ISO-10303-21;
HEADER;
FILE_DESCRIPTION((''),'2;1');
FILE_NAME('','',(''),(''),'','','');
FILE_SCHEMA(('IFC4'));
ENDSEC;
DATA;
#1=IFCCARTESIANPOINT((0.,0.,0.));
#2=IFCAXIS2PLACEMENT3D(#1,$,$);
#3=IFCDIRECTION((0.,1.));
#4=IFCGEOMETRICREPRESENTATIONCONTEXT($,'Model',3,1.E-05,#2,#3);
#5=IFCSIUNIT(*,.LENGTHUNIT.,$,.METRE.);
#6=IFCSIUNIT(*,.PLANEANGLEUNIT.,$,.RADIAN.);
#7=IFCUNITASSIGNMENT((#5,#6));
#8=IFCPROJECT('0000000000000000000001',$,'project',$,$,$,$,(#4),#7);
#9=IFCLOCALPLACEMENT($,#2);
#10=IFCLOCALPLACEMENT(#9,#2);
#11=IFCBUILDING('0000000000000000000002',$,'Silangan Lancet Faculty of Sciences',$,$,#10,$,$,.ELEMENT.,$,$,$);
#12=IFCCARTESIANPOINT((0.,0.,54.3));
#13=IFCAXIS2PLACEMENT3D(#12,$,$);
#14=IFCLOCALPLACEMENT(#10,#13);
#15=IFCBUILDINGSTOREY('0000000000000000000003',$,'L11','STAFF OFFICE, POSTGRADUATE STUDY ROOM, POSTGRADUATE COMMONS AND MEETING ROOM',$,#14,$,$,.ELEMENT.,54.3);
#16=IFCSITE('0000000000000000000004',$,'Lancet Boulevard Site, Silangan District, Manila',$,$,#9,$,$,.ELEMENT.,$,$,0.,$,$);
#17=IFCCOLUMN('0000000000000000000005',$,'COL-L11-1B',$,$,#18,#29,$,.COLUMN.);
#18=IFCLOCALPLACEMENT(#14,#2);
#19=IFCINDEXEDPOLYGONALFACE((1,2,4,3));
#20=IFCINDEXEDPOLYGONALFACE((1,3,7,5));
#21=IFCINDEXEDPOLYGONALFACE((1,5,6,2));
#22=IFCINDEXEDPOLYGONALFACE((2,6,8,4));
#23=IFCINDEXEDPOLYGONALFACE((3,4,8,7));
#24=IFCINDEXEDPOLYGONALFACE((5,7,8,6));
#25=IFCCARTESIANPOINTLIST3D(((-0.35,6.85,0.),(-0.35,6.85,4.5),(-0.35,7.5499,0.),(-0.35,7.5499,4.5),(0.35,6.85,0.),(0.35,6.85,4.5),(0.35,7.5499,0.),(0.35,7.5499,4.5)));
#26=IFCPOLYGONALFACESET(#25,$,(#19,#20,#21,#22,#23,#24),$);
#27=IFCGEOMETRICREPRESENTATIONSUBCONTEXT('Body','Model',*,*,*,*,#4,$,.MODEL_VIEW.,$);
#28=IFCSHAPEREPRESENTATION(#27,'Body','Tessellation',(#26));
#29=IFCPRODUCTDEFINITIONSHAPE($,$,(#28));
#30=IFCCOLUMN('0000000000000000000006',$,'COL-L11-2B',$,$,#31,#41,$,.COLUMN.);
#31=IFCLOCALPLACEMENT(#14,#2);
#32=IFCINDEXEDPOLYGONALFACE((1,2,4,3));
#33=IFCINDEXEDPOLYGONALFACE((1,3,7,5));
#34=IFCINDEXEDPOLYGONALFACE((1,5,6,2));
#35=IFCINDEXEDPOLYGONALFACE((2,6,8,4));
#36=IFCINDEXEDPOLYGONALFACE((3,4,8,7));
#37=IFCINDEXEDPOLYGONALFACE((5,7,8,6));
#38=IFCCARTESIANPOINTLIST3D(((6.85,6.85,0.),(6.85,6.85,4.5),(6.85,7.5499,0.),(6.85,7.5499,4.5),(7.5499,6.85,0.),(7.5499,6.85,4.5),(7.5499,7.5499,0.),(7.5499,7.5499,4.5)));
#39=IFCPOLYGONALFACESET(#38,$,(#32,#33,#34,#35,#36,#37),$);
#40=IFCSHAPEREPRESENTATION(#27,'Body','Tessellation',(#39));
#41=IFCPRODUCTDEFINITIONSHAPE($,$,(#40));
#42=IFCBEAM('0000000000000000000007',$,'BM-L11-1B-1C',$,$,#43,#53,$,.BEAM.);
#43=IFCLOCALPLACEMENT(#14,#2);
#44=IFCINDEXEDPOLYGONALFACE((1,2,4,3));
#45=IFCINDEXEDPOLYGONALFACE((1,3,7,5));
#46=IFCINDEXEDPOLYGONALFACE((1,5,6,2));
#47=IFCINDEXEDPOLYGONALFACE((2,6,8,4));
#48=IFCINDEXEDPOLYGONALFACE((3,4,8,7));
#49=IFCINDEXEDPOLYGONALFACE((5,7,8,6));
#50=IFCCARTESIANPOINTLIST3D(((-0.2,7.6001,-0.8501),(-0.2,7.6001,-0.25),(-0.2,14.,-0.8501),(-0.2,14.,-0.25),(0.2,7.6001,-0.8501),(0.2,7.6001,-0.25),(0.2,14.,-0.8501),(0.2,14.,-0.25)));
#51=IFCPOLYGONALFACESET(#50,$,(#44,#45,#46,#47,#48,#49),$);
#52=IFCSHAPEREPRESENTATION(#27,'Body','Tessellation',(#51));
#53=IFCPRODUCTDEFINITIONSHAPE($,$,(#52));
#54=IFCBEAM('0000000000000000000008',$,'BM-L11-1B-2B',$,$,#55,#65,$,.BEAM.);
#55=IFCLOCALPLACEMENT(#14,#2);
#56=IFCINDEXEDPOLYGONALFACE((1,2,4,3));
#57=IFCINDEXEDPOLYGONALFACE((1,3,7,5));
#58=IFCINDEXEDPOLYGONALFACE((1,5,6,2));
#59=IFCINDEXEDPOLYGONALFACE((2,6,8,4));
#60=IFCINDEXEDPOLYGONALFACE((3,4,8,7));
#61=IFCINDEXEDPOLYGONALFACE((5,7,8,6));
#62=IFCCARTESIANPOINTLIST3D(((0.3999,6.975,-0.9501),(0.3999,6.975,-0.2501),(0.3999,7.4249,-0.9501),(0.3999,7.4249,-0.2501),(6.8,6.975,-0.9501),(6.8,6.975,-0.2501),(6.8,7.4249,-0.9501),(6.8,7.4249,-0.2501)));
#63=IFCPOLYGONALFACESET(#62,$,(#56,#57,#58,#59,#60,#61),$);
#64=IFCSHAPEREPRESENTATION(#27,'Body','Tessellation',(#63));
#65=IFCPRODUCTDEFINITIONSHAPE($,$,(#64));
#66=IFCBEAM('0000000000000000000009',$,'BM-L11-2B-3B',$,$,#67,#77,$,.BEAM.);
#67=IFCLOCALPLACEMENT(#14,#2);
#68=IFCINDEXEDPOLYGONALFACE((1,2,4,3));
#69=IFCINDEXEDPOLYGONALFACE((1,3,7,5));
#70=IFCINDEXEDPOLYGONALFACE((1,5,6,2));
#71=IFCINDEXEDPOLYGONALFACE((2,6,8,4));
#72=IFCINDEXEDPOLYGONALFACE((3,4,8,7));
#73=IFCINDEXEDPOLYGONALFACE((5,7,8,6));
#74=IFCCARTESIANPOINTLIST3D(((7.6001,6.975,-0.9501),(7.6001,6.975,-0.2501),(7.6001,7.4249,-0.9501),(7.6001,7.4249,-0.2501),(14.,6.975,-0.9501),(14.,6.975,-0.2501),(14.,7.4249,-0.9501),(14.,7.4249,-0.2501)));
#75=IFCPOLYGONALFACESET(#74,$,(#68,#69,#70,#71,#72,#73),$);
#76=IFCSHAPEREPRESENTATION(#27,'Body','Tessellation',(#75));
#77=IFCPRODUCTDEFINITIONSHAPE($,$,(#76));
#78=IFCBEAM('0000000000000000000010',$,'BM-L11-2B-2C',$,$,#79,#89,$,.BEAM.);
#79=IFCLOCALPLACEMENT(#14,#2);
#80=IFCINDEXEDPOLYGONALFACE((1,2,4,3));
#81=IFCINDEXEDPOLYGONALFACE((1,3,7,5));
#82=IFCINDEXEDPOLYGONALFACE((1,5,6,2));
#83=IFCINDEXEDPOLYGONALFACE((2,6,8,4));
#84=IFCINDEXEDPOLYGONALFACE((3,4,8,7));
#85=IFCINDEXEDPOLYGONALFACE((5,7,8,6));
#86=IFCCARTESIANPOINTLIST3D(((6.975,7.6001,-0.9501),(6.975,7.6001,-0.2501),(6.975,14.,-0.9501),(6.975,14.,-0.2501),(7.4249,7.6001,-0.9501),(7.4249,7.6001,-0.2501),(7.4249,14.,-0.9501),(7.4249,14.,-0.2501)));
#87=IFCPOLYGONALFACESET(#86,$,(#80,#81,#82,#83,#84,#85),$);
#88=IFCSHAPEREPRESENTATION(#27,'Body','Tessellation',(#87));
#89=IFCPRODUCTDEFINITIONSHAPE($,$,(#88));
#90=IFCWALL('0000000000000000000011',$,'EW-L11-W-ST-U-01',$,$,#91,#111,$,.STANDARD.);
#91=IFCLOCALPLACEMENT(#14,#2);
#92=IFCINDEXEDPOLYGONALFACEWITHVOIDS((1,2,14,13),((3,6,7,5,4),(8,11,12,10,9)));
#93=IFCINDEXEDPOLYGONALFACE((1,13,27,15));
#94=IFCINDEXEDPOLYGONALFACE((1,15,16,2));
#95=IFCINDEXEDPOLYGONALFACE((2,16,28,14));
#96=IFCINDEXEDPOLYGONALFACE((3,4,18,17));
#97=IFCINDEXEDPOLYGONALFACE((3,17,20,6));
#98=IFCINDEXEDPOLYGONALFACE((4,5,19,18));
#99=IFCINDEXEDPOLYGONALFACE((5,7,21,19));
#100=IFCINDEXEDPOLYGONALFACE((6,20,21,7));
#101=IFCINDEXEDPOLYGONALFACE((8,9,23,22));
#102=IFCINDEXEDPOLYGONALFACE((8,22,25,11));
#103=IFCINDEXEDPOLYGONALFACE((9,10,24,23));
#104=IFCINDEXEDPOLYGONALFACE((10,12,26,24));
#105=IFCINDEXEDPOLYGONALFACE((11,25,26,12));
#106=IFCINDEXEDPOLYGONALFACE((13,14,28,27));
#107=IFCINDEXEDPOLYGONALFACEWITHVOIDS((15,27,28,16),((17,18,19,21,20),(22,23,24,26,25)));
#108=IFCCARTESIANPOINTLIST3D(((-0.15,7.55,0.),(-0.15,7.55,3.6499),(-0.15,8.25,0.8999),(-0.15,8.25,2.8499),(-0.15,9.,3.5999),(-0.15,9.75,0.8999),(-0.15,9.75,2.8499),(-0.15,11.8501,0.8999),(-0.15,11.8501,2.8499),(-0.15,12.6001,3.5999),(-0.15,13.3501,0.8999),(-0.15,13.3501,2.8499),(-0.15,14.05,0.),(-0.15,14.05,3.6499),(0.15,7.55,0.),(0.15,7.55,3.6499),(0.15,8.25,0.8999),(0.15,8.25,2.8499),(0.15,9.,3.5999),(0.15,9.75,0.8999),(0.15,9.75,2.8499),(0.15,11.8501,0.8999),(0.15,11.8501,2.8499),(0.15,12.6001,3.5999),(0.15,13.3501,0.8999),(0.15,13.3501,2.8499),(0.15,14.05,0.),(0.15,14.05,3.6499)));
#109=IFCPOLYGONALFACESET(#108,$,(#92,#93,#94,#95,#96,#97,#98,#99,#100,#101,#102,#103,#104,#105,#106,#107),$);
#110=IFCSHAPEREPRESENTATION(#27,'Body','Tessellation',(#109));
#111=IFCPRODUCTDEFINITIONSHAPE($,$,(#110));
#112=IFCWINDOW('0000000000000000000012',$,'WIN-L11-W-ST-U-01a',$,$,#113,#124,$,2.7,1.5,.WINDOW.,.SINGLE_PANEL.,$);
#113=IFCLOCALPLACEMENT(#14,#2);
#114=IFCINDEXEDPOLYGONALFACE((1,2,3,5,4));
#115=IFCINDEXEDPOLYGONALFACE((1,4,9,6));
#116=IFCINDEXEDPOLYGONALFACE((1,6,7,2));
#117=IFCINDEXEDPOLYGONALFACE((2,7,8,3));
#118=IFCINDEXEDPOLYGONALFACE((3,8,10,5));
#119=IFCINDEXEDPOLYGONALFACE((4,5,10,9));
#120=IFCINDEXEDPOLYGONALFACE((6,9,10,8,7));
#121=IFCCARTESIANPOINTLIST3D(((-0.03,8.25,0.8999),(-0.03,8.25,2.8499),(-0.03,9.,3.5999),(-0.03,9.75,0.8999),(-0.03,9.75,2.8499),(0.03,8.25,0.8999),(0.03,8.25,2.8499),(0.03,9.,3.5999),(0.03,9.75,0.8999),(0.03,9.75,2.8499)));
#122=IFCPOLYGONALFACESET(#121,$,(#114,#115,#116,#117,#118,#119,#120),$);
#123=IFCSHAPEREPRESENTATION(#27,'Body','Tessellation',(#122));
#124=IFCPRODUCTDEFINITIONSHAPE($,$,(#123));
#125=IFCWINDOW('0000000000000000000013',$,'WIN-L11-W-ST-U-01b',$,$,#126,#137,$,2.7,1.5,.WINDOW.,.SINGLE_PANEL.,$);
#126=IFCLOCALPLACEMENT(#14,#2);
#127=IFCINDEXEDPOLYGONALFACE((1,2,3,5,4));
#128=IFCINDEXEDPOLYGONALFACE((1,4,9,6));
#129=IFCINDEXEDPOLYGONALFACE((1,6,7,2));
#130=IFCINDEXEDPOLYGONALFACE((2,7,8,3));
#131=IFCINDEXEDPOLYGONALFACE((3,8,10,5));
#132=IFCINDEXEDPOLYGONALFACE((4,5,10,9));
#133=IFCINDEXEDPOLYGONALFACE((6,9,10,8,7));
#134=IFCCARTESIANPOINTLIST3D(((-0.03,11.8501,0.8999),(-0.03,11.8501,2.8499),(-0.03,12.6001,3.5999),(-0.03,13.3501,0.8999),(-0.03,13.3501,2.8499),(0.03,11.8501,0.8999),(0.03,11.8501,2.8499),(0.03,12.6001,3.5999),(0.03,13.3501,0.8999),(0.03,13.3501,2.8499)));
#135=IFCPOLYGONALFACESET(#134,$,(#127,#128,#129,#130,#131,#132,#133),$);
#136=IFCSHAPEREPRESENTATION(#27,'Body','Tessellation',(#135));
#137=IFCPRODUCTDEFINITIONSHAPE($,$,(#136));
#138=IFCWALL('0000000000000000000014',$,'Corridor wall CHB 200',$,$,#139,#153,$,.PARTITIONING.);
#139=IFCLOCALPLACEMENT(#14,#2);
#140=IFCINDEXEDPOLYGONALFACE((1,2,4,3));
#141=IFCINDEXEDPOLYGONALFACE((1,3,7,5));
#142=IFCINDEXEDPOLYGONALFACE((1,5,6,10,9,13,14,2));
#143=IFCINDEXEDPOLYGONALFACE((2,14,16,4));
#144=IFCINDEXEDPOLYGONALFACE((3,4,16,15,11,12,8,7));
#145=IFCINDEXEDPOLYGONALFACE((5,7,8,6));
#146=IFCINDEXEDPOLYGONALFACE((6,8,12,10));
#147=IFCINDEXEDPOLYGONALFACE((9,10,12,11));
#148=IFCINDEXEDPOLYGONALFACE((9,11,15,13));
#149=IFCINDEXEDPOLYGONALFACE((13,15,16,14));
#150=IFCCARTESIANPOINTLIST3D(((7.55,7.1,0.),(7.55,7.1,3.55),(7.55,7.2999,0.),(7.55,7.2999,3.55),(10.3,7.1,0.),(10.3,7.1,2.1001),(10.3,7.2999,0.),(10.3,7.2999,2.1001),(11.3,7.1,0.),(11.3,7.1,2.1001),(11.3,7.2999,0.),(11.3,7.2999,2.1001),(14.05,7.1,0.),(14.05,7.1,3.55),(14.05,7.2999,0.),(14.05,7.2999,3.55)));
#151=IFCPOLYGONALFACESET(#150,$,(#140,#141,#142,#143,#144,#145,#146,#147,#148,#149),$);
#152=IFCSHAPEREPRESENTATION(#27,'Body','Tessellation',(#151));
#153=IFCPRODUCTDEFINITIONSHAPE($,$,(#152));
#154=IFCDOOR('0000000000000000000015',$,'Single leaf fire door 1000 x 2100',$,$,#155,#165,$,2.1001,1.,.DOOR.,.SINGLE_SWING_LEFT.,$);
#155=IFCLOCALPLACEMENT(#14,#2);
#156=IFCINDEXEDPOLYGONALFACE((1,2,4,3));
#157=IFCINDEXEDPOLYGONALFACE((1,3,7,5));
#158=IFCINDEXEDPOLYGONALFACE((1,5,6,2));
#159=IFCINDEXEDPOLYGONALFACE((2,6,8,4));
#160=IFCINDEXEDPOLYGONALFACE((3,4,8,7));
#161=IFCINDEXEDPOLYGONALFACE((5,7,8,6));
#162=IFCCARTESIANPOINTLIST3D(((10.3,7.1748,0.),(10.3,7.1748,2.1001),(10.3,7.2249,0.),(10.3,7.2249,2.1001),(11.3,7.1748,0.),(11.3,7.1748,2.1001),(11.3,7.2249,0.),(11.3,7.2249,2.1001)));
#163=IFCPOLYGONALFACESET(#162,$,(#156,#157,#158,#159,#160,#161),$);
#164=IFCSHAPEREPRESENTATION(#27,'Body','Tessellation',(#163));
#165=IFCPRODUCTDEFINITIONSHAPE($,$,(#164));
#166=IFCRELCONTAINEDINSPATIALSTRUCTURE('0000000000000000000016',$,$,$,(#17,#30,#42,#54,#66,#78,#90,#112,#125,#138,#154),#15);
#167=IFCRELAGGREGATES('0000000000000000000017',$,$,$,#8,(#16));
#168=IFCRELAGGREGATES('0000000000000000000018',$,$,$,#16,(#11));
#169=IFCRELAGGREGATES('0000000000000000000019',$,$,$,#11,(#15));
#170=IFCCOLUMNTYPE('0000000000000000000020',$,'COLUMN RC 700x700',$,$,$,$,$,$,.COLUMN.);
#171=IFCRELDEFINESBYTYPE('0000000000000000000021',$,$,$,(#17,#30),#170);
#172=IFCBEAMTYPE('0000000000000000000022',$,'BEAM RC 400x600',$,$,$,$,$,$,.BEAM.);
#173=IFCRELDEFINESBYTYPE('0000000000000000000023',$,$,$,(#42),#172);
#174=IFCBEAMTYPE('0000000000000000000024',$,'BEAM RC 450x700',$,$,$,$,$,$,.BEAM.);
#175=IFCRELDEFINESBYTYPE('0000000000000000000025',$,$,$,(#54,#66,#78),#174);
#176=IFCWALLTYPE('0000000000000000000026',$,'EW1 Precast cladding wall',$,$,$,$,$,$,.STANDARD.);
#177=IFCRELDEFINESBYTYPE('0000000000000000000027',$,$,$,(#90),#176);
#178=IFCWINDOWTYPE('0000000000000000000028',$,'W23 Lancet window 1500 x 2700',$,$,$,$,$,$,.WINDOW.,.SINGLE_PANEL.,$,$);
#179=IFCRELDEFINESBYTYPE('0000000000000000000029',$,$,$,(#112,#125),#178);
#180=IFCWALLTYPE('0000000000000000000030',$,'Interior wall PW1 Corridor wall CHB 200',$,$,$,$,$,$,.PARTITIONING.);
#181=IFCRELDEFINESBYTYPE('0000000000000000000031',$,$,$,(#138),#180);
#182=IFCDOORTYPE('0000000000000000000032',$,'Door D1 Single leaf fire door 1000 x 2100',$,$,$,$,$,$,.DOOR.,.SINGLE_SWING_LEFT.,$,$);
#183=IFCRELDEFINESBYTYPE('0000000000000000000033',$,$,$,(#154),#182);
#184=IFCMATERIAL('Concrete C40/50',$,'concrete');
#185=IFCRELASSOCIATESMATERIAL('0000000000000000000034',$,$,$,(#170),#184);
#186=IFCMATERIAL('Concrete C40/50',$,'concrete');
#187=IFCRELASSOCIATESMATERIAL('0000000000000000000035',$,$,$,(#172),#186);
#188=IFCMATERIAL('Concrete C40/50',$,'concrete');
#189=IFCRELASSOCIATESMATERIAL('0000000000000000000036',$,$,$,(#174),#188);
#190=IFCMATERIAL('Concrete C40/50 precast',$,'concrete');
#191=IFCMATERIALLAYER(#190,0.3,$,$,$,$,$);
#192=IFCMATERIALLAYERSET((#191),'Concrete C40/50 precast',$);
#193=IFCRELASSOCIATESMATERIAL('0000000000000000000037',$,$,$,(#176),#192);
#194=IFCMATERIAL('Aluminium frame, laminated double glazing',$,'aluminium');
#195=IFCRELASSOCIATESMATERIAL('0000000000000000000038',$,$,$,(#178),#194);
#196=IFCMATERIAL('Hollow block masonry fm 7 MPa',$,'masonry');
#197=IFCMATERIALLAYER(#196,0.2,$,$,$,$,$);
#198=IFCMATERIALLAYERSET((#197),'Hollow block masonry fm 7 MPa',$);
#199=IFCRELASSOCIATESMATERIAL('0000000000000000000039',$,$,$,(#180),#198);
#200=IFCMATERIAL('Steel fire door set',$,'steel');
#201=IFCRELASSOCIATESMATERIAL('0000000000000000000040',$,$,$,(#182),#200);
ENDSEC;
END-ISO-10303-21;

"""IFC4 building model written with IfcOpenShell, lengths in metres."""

from ifc_helpers import new_model, si_unit, direction, frame, frame_2d, origin, origin_2d, place, context, subcontext, project, spatial, polyline, rectangle, outline, extrude, material, layer, layer_set, material_profile, profile_set, type_object, element, fill, save


model = new_model("IFC4")

# Units and contexts
model_context = context("Model", 3, precision=1e-05, world=origin(), true_north=direction((0.0, 1.0)))
body_context = subcontext(model_context, "Body", "Model", "MODEL_VIEW")
ifc_project = project(units=[si_unit("LENGTHUNIT", "METRE"), si_unit("PLANEANGLEUNIT", "RADIAN")], contexts=[model_context])

# Site, building, storey
site_placement = place(None, origin())
site = spatial("IfcSite", under=ifc_project, at=site_placement, Name="Lancet Boulevard Site, Silangan District, Manila", CompositionType="ELEMENT", RefElevation=0.0)
building_placement = place(site_placement, origin())
building = spatial("IfcBuilding", under=site, at=building_placement, Name="Silangan Lancet Faculty of Sciences", CompositionType="ELEMENT")
storey_placement = place(building_placement, frame((0.0, 0.0, 54.3)))
storey = spatial("IfcBuildingStorey", under=building, at=storey_placement, Name="L11", Description="STAFF OFFICE, POSTGRADUATE STUDY ROOM, POSTGRADUATE COMMONS AND MEETING ROOM", CompositionType="ELEMENT", Elevation=54.3)

# Columns
ifc_material_1 = material(Name="Concrete C40/50", Category="concrete")
ifc_material_profile_1 = material_profile(ifc_material_1, rectangle(XDim=0.7, YDim=0.7, at=origin_2d()), Name="RC 700x700")
ifc_profile_set_1 = profile_set([ifc_material_profile_1], Name="Concrete C40/50")
column_type = type_object("IfcColumnType", Name="COLUMN RC 700x700", PredefinedType="COLUMN", material=ifc_profile_set_1)
for number, where, z_axis, x_axis, name in (
    (1, (0.0, 7.2, 0.0), (0.0, 0.0, 1.0), (1.0, 0.0, 0.0), "COL-L11-1B"),
    (2, (7.2, 7.2, 0.0), (0.0, 0.0, 1.0), (1.0, 0.0, 0.0), "COL-L11-2B"),
):
    element("IfcColumn", number, at=place(storey_placement, frame(where, z_axis=z_axis, x_axis=x_axis)), inside=storey, type_object=column_type, Name=name, PredefinedType="COLUMN", context=body_context, shape_type="SweptSolid", body=[
        extrude(rectangle(XDim=0.7, YDim=0.7, at=origin_2d()), origin(), (0.0, 0.0, 1.0), 4.5),
    ])

# Beams
ifc_material_2 = material(Name="Concrete C40/50", Category="concrete")
ifc_material_profile_2 = material_profile(ifc_material_2, rectangle(XDim=0.3999, YDim=0.6001, at=origin_2d()), Name="RC 400x600")
ifc_profile_set_2 = profile_set([ifc_material_profile_2], Name="Concrete C40/50")
beam_type_1 = type_object("IfcBeamType", Name="BEAM RC 400x600", PredefinedType="BEAM", material=ifc_profile_set_2)
beam_1_placement = place(storey_placement, frame((0.0, 7.6001, -0.55), z_axis=(0.0, 1.0, 0.0), x_axis=(-1.0, 0.0, 0.0)))
element("IfcBeam", 3, at=beam_1_placement, inside=storey, type_object=beam_type_1, Name="BM-L11-1B-1C", PredefinedType="BEAM", context=body_context, shape_type="SweptSolid", body=[
    extrude(rectangle(XDim=0.3999, YDim=0.6001, at=origin_2d()), origin(), (0.0, 0.0, 1.0), 6.3999),
])
ifc_material_3 = material(Name="Concrete C40/50", Category="concrete")
ifc_material_profile_3 = material_profile(ifc_material_3, rectangle(XDim=0.45, YDim=0.7, at=origin_2d()), Name="RC 450x700")
ifc_profile_set_3 = profile_set([ifc_material_profile_3], Name="Concrete C40/50")
beam_type_2 = type_object("IfcBeamType", Name="BEAM RC 450x700", PredefinedType="BEAM", material=ifc_profile_set_3)
beam_2_placement = place(storey_placement, frame((0.3999, 7.2, -0.6001), z_axis=(1.0, 0.0, 0.0), x_axis=(0.0, 1.0, 0.0)))
element("IfcBeam", 4, at=beam_2_placement, inside=storey, type_object=beam_type_2, Name="BM-L11-1B-2B", PredefinedType="BEAM", context=body_context, shape_type="SweptSolid", body=[
    extrude(rectangle(XDim=0.45, YDim=0.7, at=origin_2d()), origin(), (0.0, 0.0, 1.0), 6.4001),
])
for number, where, z_axis, x_axis, name in (
    (5, (7.6001, 7.2, -0.6001), (1.0, 0.0, 0.0), (0.0, 1.0, 0.0), "BM-L11-2B-3B"),
    (6, (7.2, 7.6001, -0.6001), (0.0, 1.0, 0.0), (-1.0, 0.0, 0.0), "BM-L11-2B-2C"),
):
    element("IfcBeam", number, at=place(storey_placement, frame(where, z_axis=z_axis, x_axis=x_axis)), inside=storey, type_object=beam_type_2, Name=name, PredefinedType="BEAM", context=body_context, shape_type="SweptSolid", body=[
        extrude(rectangle(XDim=0.45, YDim=0.7, at=origin_2d()), origin(), (0.0, 0.0, 1.0), 6.3999),
    ])

# Wall, openings, windows
ifc_material_4 = material(Name="Concrete C40/50 precast", Category="concrete")
ifc_layer_1 = layer(ifc_material_4, 0.3)
ifc_layer_set_1 = layer_set([ifc_layer_1], Name="Concrete C40/50 precast")
wall_type_1 = type_object("IfcWallType", Name="EW1 Precast cladding wall", PredefinedType="STANDARD", material=ifc_layer_set_1)
wall_1_placement = place(storey_placement, frame((0.0, 7.55, 0.0), z_axis=(0.0, 0.0, 1.0), x_axis=(0.0, 1.0, 0.0)))
wall_1 = element("IfcWall", 7, at=wall_1_placement, inside=storey, type_object=wall_type_1, Name="EW-L11-W-ST-U-01", PredefinedType="STANDARD", context=body_context, shape_type="SweptSolid", body=[
    extrude(rectangle(XDim=6.5, YDim=0.3, at=frame_2d((3.25, 0.0))), origin(), (0.0, 0.0, 1.0), 3.6499),
])
opening_1_placement = place(wall_1_placement, frame((0.7, 0.0, 0.8999)))
opening_1 = element("IfcOpeningElement", 8, at=opening_1_placement, cuts=wall_1, PredefinedType="OPENING", context=body_context, shape_type="SweptSolid", body=[
    extrude(outline(polyline([(0.0, 0.0), (1.5, 0.0), (1.5, 1.95), (0.75, 2.7), (0.0, 1.95), (0.0, 0.0)])), frame((0.0, 0.1599, 0.0), z_axis=(0.0, -1.0, 0.0), x_axis=(1.0, 0.0, 0.0)), (0.0, 0.0, 1.0), 0.3201),
])
opening_2_placement = place(wall_1_placement, frame((4.3, 0.0, 0.8999)))
opening_2 = element("IfcOpeningElement", 9, at=opening_2_placement, cuts=wall_1, PredefinedType="OPENING", context=body_context, shape_type="SweptSolid", body=[
    extrude(outline(polyline([(0.0, 0.0), (1.5, 0.0), (1.5, 1.95), (0.75, 2.7), (0.0, 1.95), (0.0, 0.0)])), frame((0.0, 0.1599, 0.0), z_axis=(0.0, -1.0, 0.0), x_axis=(1.0, 0.0, 0.0)), (0.0, 0.0, 1.0), 0.3201),
])
ifc_material_5 = material(Name="Aluminium frame, laminated double glazing", Category="aluminium")
window_type = type_object("IfcWindowType", Name="W23 Lancet window 1500 x 2700", PartitioningType="SINGLE_PANEL", PredefinedType="WINDOW", material=ifc_material_5)
window_1_placement = place(opening_1_placement, origin())
window_1 = element("IfcWindow", 10, at=window_1_placement, inside=storey, type_object=window_type, Name="WIN-L11-W-ST-U-01a", OverallHeight=2.7, OverallWidth=1.5, PartitioningType="SINGLE_PANEL", PredefinedType="WINDOW", context=body_context, shape_type="SweptSolid", body=[
    extrude(outline(polyline([(0.0, 0.0), (1.5, 0.0), (1.5, 1.95), (0.75, 2.7), (0.0, 1.95), (0.0, 0.0)])), frame((0.0, 0.03, 0.0), z_axis=(0.0, -1.0, 0.0), x_axis=(1.0, 0.0, 0.0)), (0.0, 0.0, 1.0), 0.0601),
])
fill(opening_1, window_1)
window_2_placement = place(opening_2_placement, origin())
window_2 = element("IfcWindow", 11, at=window_2_placement, inside=storey, type_object=window_type, Name="WIN-L11-W-ST-U-01b", OverallHeight=2.7, OverallWidth=1.5, PartitioningType="SINGLE_PANEL", PredefinedType="WINDOW", context=body_context, shape_type="SweptSolid", body=[
    extrude(outline(polyline([(0.0, 0.0), (1.5, 0.0), (1.5, 1.95), (0.75, 2.7), (0.0, 1.95), (0.0, 0.0)])), frame((0.0, 0.03, 0.0), z_axis=(0.0, -1.0, 0.0), x_axis=(1.0, 0.0, 0.0)), (0.0, 0.0, 1.0), 0.0601),
])
fill(opening_2, window_2)

# Wall, opening, door
ifc_material_6 = material(Name="Hollow block masonry fm 7 MPa", Category="masonry")
ifc_layer_2 = layer(ifc_material_6, 0.2)
ifc_layer_set_2 = layer_set([ifc_layer_2], Name="Hollow block masonry fm 7 MPa")
wall_type_2 = type_object("IfcWallType", Name="Interior wall PW1 Corridor wall CHB 200", PredefinedType="PARTITIONING", material=ifc_layer_set_2)
wall_2_placement = place(storey_placement, frame((7.55, 7.2, 0.0), z_axis=(0.0, 0.0, 1.0), x_axis=(1.0, 0.0, 0.0)))
wall_2 = element("IfcWall", 12, at=wall_2_placement, inside=storey, type_object=wall_type_2, Name="Corridor wall CHB 200", PredefinedType="PARTITIONING", context=body_context, shape_type="SweptSolid", body=[
    extrude(rectangle(XDim=6.5, YDim=0.2, at=frame_2d((3.25, 0.0))), origin(), (0.0, 0.0, 1.0), 3.55),
])
opening_3_placement = place(wall_2_placement, frame((2.75, 0.0, 0.0)))
opening_3 = element("IfcOpeningElement", 13, at=opening_3_placement, cuts=wall_2, PredefinedType="OPENING", context=body_context, shape_type="SweptSolid", body=[
    extrude(rectangle(XDim=1.0, YDim=2.1001, at=frame_2d((0.5, 1.05))), frame((0.0, 0.1099, 0.0), z_axis=(0.0, -1.0, 0.0), x_axis=(1.0, 0.0, 0.0)), (0.0, 0.0, 1.0), 0.22),
])
ifc_material_7 = material(Name="Steel fire door set", Category="steel")
door_type_1 = type_object("IfcDoorType", Name="Door D1 Single leaf fire door 1000 x 2100", OperationType="SINGLE_SWING_LEFT", PredefinedType="DOOR", material=ifc_material_7)
door_1_placement = place(opening_3_placement, frame((1.0, 0.0, 0.0), z_axis=(0.0, 0.0, 1.0), x_axis=(-1.0, 0.0, 0.0)))
door_1 = element("IfcDoor", 14, at=door_1_placement, inside=storey, type_object=door_type_1, Name="Single leaf fire door 1000 x 2100", OperationType="SINGLE_SWING_LEFT", OverallHeight=2.1001, OverallWidth=1.0, PredefinedType="DOOR", context=body_context, shape_type="SweptSolid", body=[
    extrude(rectangle(XDim=1.0, YDim=2.1001, at=frame_2d((0.5, 1.05))), frame((0.0, 0.0251, 0.0), z_axis=(0.0, -1.0, 0.0), x_axis=(1.0, 0.0, 0.0)), (0.0, 0.0, 1.0), 0.05),
])
fill(opening_3, door_1)

save(model, "model.ifc")
